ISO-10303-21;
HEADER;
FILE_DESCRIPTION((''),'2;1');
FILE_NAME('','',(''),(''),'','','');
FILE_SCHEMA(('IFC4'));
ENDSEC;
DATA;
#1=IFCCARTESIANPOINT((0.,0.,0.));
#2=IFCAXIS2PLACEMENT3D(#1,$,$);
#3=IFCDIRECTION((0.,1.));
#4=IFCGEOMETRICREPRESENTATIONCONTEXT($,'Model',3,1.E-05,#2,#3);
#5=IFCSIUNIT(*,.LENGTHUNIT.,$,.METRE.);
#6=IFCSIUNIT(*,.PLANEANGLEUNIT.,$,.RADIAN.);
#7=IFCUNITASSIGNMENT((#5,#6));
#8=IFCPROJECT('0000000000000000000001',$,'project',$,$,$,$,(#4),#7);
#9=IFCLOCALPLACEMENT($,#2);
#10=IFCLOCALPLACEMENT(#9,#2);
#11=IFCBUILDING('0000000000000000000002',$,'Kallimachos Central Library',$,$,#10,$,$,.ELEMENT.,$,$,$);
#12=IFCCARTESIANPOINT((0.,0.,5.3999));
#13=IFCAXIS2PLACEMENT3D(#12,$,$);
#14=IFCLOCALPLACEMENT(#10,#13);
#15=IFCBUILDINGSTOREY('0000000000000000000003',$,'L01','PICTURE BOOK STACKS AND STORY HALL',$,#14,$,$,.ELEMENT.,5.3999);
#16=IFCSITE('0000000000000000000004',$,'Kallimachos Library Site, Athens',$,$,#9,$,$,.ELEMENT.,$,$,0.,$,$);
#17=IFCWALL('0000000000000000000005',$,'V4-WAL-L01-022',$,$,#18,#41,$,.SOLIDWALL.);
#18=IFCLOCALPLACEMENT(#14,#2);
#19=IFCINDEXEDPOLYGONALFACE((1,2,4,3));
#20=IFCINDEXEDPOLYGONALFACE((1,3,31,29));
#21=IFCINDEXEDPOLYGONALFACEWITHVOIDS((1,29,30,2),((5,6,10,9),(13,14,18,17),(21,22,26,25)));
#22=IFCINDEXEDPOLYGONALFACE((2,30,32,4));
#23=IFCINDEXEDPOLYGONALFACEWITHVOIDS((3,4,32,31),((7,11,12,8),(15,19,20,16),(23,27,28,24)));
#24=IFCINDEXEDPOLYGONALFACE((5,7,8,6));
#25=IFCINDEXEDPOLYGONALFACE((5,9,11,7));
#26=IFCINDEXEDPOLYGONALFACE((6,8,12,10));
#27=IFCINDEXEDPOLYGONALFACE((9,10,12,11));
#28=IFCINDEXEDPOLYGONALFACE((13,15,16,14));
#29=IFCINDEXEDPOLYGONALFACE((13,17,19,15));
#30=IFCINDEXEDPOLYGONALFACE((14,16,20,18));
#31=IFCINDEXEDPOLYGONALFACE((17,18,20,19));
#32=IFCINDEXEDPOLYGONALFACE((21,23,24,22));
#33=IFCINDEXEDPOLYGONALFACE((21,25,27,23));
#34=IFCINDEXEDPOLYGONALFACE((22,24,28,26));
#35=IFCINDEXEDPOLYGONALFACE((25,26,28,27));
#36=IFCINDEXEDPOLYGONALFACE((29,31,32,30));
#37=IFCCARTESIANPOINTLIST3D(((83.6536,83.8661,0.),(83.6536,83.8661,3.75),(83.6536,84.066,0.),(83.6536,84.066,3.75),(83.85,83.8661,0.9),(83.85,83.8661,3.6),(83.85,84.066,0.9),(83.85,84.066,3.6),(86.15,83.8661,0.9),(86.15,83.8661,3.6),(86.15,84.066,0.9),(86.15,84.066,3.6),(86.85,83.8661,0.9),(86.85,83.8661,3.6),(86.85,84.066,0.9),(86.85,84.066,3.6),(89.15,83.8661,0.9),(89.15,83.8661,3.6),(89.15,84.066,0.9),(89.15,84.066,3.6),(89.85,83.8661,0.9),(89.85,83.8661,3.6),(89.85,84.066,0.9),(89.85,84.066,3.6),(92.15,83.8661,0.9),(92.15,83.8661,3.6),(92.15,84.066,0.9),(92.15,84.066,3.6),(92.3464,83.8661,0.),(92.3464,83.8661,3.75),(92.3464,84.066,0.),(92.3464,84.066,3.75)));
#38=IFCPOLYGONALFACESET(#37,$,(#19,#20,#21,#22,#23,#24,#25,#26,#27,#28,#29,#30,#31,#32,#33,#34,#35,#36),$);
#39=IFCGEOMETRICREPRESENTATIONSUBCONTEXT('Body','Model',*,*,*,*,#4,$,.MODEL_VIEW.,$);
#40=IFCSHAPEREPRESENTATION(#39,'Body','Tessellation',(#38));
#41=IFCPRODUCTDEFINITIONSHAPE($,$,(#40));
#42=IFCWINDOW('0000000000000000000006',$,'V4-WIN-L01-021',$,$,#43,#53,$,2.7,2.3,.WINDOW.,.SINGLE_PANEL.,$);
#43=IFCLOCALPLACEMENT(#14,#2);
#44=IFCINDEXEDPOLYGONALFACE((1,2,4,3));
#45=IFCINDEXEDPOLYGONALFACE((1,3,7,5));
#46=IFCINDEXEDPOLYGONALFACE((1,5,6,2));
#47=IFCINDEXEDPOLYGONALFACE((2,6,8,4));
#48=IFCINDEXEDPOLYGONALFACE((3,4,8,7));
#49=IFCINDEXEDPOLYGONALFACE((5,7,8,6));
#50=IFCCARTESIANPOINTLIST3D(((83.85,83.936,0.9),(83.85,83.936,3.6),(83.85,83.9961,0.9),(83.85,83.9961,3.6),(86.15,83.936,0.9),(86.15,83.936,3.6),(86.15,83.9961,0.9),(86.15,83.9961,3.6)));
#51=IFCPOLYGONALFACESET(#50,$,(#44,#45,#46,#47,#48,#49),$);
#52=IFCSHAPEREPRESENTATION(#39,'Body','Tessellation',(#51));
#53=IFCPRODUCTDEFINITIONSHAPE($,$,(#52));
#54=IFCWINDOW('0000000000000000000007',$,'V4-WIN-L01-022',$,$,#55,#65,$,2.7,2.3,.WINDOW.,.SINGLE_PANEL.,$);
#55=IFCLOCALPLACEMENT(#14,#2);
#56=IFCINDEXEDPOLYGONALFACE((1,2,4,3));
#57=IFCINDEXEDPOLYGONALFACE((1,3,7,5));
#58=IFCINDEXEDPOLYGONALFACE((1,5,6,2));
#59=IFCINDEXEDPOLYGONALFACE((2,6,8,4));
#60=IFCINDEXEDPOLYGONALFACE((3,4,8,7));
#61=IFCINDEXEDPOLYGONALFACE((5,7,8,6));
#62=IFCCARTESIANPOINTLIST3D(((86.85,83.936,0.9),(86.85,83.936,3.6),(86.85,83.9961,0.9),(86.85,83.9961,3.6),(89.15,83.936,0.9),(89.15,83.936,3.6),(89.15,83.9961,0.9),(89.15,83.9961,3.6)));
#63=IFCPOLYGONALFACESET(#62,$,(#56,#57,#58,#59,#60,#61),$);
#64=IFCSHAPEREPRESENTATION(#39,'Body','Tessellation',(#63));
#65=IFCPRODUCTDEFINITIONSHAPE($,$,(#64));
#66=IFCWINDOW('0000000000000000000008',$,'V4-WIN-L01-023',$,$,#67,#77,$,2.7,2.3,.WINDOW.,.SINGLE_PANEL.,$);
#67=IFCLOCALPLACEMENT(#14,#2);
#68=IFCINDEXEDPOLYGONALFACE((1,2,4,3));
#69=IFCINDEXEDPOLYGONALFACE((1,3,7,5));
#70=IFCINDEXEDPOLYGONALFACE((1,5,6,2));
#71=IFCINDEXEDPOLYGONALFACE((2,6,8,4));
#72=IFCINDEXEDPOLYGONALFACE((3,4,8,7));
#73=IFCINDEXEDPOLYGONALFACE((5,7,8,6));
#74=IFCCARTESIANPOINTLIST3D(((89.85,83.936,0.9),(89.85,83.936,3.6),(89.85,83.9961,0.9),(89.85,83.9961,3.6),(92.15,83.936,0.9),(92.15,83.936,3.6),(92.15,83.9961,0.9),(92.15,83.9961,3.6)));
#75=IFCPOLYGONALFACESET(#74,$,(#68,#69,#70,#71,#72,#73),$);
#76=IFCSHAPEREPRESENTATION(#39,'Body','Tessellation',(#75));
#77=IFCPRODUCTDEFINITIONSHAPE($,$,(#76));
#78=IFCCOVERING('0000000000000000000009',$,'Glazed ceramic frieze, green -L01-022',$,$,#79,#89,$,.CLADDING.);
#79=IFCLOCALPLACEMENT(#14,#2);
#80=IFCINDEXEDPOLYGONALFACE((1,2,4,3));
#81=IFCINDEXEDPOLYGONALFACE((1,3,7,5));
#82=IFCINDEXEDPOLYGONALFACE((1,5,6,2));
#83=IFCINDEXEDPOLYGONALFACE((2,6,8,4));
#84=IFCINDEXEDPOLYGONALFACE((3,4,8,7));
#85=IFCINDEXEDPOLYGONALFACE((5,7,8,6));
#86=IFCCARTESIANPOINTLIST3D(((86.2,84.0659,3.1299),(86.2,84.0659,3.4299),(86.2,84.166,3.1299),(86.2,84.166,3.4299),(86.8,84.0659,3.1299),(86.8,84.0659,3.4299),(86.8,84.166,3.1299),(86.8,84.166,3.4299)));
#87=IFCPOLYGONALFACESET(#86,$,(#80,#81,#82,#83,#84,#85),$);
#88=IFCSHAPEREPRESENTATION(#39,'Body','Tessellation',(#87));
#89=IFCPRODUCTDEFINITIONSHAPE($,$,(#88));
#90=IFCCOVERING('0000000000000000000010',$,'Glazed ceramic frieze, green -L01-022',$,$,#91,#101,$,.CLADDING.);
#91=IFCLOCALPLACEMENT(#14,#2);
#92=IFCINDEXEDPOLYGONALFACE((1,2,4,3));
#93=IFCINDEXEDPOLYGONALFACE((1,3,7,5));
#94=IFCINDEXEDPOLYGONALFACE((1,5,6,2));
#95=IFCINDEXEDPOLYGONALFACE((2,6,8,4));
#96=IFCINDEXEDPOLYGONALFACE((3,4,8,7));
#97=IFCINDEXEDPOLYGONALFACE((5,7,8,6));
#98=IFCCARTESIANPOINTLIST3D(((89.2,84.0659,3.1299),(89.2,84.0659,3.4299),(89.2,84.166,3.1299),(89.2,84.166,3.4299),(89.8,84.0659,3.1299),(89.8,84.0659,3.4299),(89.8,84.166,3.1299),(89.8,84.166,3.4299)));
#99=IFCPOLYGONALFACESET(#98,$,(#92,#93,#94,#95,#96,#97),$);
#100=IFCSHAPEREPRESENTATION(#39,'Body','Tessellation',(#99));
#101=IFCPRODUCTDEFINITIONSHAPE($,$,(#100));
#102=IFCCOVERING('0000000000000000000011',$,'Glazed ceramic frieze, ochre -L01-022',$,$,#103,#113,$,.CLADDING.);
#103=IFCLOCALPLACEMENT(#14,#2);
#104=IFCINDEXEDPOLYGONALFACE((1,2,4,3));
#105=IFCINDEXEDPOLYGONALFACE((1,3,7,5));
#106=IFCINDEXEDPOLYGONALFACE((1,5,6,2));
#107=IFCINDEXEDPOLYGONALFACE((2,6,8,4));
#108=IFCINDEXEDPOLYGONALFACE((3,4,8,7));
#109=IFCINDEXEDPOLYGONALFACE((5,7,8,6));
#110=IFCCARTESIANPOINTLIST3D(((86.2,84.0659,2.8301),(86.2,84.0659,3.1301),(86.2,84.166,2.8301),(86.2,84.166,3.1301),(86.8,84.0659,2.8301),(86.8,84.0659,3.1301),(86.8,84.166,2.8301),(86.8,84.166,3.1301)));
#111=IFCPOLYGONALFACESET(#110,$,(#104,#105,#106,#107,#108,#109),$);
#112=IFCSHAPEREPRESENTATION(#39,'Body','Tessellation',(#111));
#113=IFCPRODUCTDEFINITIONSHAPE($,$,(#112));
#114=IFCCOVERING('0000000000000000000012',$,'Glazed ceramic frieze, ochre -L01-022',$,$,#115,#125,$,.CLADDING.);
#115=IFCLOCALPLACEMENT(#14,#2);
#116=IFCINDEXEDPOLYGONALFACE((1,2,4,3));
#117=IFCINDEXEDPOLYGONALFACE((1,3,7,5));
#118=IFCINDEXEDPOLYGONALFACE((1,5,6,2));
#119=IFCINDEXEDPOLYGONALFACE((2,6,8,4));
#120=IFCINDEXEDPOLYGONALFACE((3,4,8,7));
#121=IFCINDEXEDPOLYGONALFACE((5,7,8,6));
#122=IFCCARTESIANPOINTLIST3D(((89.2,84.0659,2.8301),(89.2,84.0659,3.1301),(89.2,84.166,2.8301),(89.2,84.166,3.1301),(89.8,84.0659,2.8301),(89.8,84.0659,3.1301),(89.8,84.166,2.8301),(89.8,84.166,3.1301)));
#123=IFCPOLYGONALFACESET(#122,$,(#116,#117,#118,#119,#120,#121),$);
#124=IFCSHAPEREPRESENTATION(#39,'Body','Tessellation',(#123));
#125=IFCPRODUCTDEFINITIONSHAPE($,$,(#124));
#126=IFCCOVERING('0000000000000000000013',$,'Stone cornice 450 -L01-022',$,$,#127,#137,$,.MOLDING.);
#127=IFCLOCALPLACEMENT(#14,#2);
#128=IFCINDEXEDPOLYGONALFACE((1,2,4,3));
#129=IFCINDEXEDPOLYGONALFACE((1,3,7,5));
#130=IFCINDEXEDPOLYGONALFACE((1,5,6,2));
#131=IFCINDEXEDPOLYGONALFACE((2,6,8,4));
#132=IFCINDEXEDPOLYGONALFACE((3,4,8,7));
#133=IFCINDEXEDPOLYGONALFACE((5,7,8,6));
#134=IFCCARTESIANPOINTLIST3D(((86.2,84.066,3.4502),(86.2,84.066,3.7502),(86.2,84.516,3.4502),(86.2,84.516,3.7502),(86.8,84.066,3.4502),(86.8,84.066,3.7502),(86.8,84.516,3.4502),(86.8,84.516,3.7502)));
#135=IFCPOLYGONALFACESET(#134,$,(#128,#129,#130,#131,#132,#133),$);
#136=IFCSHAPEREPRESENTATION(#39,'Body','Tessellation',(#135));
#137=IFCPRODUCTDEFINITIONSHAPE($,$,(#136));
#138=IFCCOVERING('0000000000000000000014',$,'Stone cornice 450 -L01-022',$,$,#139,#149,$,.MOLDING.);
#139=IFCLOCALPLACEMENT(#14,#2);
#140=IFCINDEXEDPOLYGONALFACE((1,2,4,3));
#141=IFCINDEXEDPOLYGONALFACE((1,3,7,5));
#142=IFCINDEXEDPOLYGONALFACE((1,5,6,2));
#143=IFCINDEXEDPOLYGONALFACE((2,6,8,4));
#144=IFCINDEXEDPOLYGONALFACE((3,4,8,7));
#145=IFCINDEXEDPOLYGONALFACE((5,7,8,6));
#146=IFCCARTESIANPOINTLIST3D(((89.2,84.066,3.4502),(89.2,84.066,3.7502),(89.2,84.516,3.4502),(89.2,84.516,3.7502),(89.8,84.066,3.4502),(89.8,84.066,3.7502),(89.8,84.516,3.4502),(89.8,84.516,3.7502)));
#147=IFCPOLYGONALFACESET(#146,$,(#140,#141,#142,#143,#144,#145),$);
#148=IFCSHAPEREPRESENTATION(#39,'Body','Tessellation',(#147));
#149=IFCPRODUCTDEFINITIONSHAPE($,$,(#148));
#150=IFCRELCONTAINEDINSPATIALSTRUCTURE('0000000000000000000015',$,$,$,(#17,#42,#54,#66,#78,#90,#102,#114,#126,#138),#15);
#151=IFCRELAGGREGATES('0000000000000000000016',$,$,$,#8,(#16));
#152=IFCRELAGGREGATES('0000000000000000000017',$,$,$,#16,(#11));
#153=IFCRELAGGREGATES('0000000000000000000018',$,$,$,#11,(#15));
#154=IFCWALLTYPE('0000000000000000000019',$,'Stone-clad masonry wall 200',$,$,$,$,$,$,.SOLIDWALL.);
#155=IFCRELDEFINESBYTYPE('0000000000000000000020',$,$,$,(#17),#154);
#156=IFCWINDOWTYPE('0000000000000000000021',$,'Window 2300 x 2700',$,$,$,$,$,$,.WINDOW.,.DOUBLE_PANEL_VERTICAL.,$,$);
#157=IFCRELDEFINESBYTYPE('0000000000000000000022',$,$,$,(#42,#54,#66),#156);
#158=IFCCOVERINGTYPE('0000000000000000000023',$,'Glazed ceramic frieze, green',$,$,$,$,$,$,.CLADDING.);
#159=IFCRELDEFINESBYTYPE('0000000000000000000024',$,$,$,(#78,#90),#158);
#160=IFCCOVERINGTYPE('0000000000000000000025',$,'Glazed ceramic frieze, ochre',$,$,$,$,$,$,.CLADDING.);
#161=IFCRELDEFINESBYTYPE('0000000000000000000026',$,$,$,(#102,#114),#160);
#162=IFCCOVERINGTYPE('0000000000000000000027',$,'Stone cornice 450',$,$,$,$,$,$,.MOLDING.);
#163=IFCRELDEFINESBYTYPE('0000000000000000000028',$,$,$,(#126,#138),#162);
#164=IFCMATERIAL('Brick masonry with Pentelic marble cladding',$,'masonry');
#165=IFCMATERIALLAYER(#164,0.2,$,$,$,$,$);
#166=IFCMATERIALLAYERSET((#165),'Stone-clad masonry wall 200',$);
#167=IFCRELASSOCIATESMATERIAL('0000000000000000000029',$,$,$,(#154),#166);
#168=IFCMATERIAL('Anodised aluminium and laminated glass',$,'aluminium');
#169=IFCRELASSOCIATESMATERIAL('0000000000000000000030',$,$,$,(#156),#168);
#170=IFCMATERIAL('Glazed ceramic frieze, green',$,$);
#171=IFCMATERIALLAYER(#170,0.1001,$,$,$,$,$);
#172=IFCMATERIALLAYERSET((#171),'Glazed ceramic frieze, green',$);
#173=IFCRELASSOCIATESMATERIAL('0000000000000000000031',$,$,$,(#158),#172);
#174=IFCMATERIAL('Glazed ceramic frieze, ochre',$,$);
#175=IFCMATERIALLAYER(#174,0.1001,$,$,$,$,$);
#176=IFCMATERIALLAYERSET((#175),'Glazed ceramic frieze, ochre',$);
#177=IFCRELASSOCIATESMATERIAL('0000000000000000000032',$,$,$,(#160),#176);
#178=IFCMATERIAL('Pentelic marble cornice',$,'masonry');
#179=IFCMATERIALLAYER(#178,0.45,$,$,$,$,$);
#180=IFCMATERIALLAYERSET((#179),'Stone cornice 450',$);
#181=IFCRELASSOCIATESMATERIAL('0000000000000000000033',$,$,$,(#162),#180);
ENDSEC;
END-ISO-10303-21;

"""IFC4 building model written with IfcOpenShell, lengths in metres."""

from ifc_helpers import new_model, si_unit, direction, frame, frame_2d, origin, origin_2d, place, context, subcontext, project, spatial, rectangle, extrude, material, layer, layer_set, type_object, element, fill, save


model = new_model("IFC4")

# Units and contexts
model_context = context("Model", 3, precision=1e-05, world=origin(), true_north=direction((0.0, 1.0)))
body_context = subcontext(model_context, "Body", "Model", "MODEL_VIEW")
ifc_project = project(units=[si_unit("LENGTHUNIT", "METRE"), si_unit("PLANEANGLEUNIT", "RADIAN")], contexts=[model_context])

# Site, building, storey
site_placement = place(None, origin())
site = spatial("IfcSite", under=ifc_project, at=site_placement, Name="Kallimachos Library Site, Athens", CompositionType="ELEMENT", RefElevation=0.0)
building_placement = place(site_placement, origin())
building = spatial("IfcBuilding", under=site, at=building_placement, Name="Kallimachos Central Library", CompositionType="ELEMENT")
storey_placement = place(building_placement, frame((0.0, 0.0, 5.3999)))
storey = spatial("IfcBuildingStorey", under=building, at=storey_placement, Name="L01", Description="PICTURE BOOK STACKS AND STORY HALL", CompositionType="ELEMENT", Elevation=5.3999)

# Wall, openings, windows
ifc_material_1 = material(Name="Brick masonry with Pentelic marble cladding", Category="masonry")
ifc_layer_1 = layer(ifc_material_1, 0.2)
ifc_layer_set_1 = layer_set([ifc_layer_1], Name="Stone-clad masonry wall 200")
wall_type = type_object("IfcWallType", Name="Stone-clad masonry wall 200", PredefinedType="SOLIDWALL", material=ifc_layer_set_1)
wall_placement = place(storey_placement, frame((83.6536, 83.9661, 0.0), z_axis=(0.0, 0.0, 1.0), x_axis=(1.0, 0.0, 0.0)))
wall = element("IfcWall", 1, at=wall_placement, inside=storey, type_object=wall_type, Name="V4-WAL-L01-022", PredefinedType="SOLIDWALL", context=body_context, shape_type="SweptSolid", body=[
    extrude(rectangle(XDim=8.6929, YDim=0.2, at=frame_2d((4.3464, 0.0))), origin(), (0.0, 0.0, 1.0), 3.75),
])
opening_1_placement = place(wall_placement, frame((0.1965, 0.0, 0.8999)))
opening_1 = element("IfcOpeningElement", 2, at=opening_1_placement, cuts=wall, PredefinedType="OPENING", context=body_context, shape_type="SweptSolid", body=[
    extrude(rectangle(XDim=2.3, YDim=2.7, at=frame_2d((1.1499, 1.3501))), frame((0.0, 0.1099, 0.0), z_axis=(0.0, -1.0, 0.0), x_axis=(1.0, 0.0, 0.0)), (0.0, 0.0, 1.0), 0.22),
])
opening_2_placement = place(wall_placement, frame((3.1965, 0.0, 0.8999)))
opening_2 = element("IfcOpeningElement", 3, at=opening_2_placement, cuts=wall, PredefinedType="OPENING", context=body_context, shape_type="SweptSolid", body=[
    extrude(rectangle(XDim=2.3, YDim=2.7, at=frame_2d((1.1499, 1.3501))), frame((0.0, 0.1099, 0.0), z_axis=(0.0, -1.0, 0.0), x_axis=(1.0, 0.0, 0.0)), (0.0, 0.0, 1.0), 0.22),
])
opening_3_placement = place(wall_placement, frame((6.1965, 0.0, 0.8999)))
opening_3 = element("IfcOpeningElement", 4, at=opening_3_placement, cuts=wall, PredefinedType="OPENING", context=body_context, shape_type="SweptSolid", body=[
    extrude(rectangle(XDim=2.3, YDim=2.7, at=frame_2d((1.1499, 1.3501))), frame((0.0, 0.1099, 0.0), z_axis=(0.0, -1.0, 0.0), x_axis=(1.0, 0.0, 0.0)), (0.0, 0.0, 1.0), 0.22),
])
ifc_material_2 = material(Name="Anodised aluminium and laminated glass", Category="aluminium")
window_type = type_object("IfcWindowType", Name="Window 2300 x 2700", PartitioningType="DOUBLE_PANEL_VERTICAL", PredefinedType="WINDOW", material=ifc_material_2)
window_1_placement = place(opening_1_placement, origin())
window_1 = element("IfcWindow", 5, at=window_1_placement, inside=storey, type_object=window_type, Name="V4-WIN-L01-021", OverallHeight=2.7, OverallWidth=2.3, PartitioningType="SINGLE_PANEL", PredefinedType="WINDOW", context=body_context, shape_type="SweptSolid", body=[
    extrude(rectangle(XDim=2.3, YDim=2.7, at=frame_2d((1.1499, 1.3501))), frame((0.0, 0.03, 0.0), z_axis=(0.0, -1.0, 0.0), x_axis=(1.0, 0.0, 0.0)), (0.0, 0.0, 1.0), 0.0601),
])
fill(opening_1, window_1)
window_2_placement = place(opening_2_placement, origin())
window_2 = element("IfcWindow", 6, at=window_2_placement, inside=storey, type_object=window_type, Name="V4-WIN-L01-022", OverallHeight=2.7, OverallWidth=2.3, PartitioningType="SINGLE_PANEL", PredefinedType="WINDOW", context=body_context, shape_type="SweptSolid", body=[
    extrude(rectangle(XDim=2.3, YDim=2.7, at=frame_2d((1.1499, 1.3501))), frame((0.0, 0.03, 0.0), z_axis=(0.0, -1.0, 0.0), x_axis=(1.0, 0.0, 0.0)), (0.0, 0.0, 1.0), 0.0601),
])
fill(opening_2, window_2)
window_3_placement = place(opening_3_placement, origin())
window_3 = element("IfcWindow", 7, at=window_3_placement, inside=storey, type_object=window_type, Name="V4-WIN-L01-023", OverallHeight=2.7, OverallWidth=2.3, PartitioningType="SINGLE_PANEL", PredefinedType="WINDOW", context=body_context, shape_type="SweptSolid", body=[
    extrude(rectangle(XDim=2.3, YDim=2.7, at=frame_2d((1.1499, 1.3501))), frame((0.0, 0.03, 0.0), z_axis=(0.0, -1.0, 0.0), x_axis=(1.0, 0.0, 0.0)), (0.0, 0.0, 1.0), 0.0601),
])
fill(opening_3, window_3)

# Coverings
ifc_material_3 = material(Name="Glazed ceramic frieze, green")
ifc_layer_2 = layer(ifc_material_3, 0.1001)
ifc_layer_set_2 = layer_set([ifc_layer_2], Name="Glazed ceramic frieze, green")
covering_type_1 = type_object("IfcCoveringType", Name="Glazed ceramic frieze, green", PredefinedType="CLADDING", material=ifc_layer_set_2)
for number, where, z_axis, x_axis, name in (
    (8, (86.5, 84.116, 3.1299), (0.0, 0.0, 1.0), (1.0, 0.0, 0.0), "Glazed ceramic frieze, green -L01-022"),
    (9, (89.5, 84.116, 3.1299), (0.0, 0.0, 1.0), (1.0, 0.0, 0.0), "Glazed ceramic frieze, green -L01-022"),
):
    element("IfcCovering", number, at=place(storey_placement, frame(where, z_axis=z_axis, x_axis=x_axis)), inside=storey, type_object=covering_type_1, Name=name, PredefinedType="CLADDING", context=body_context, shape_type="SweptSolid", body=[
        extrude(rectangle(XDim=0.6001, YDim=0.1001, at=origin_2d()), origin(), (0.0, 0.0, 1.0), 0.3),
    ])
ifc_material_4 = material(Name="Glazed ceramic frieze, ochre")
ifc_layer_3 = layer(ifc_material_4, 0.1001)
ifc_layer_set_3 = layer_set([ifc_layer_3], Name="Glazed ceramic frieze, ochre")
covering_type_2 = type_object("IfcCoveringType", Name="Glazed ceramic frieze, ochre", PredefinedType="CLADDING", material=ifc_layer_set_3)
for number, where, z_axis, x_axis, name in (
    (10, (86.5, 84.116, 2.8301), (0.0, 0.0, 1.0), (1.0, 0.0, 0.0), "Glazed ceramic frieze, ochre -L01-022"),
    (11, (89.5, 84.116, 2.8301), (0.0, 0.0, 1.0), (1.0, 0.0, 0.0), "Glazed ceramic frieze, ochre -L01-022"),
):
    element("IfcCovering", number, at=place(storey_placement, frame(where, z_axis=z_axis, x_axis=x_axis)), inside=storey, type_object=covering_type_2, Name=name, PredefinedType="CLADDING", context=body_context, shape_type="SweptSolid", body=[
        extrude(rectangle(XDim=0.6001, YDim=0.1001, at=origin_2d()), origin(), (0.0, 0.0, 1.0), 0.3),
    ])
ifc_material_5 = material(Name="Pentelic marble cornice", Category="masonry")
ifc_layer_4 = layer(ifc_material_5, 0.45)
ifc_layer_set_4 = layer_set([ifc_layer_4], Name="Stone cornice 450")
covering_type_3 = type_object("IfcCoveringType", Name="Stone cornice 450", PredefinedType="MOLDING", material=ifc_layer_set_4)
for number, where, z_axis, x_axis, name in (
    (12, (86.5, 84.291, 3.4502), (0.0, 0.0, 1.0), (1.0, 0.0, 0.0), "Stone cornice 450 -L01-022"),
    (13, (89.5, 84.291, 3.4502), (0.0, 0.0, 1.0), (1.0, 0.0, 0.0), "Stone cornice 450 -L01-022"),
):
    element("IfcCovering", number, at=place(storey_placement, frame(where, z_axis=z_axis, x_axis=x_axis)), inside=storey, type_object=covering_type_3, Name=name, PredefinedType="MOLDING", context=body_context, shape_type="SweptSolid", body=[
        extrude(rectangle(XDim=0.6001, YDim=0.45, at=origin_2d()), origin(), (0.0, 0.0, 1.0), 0.3),
    ])

save(model, "model.ifc")
